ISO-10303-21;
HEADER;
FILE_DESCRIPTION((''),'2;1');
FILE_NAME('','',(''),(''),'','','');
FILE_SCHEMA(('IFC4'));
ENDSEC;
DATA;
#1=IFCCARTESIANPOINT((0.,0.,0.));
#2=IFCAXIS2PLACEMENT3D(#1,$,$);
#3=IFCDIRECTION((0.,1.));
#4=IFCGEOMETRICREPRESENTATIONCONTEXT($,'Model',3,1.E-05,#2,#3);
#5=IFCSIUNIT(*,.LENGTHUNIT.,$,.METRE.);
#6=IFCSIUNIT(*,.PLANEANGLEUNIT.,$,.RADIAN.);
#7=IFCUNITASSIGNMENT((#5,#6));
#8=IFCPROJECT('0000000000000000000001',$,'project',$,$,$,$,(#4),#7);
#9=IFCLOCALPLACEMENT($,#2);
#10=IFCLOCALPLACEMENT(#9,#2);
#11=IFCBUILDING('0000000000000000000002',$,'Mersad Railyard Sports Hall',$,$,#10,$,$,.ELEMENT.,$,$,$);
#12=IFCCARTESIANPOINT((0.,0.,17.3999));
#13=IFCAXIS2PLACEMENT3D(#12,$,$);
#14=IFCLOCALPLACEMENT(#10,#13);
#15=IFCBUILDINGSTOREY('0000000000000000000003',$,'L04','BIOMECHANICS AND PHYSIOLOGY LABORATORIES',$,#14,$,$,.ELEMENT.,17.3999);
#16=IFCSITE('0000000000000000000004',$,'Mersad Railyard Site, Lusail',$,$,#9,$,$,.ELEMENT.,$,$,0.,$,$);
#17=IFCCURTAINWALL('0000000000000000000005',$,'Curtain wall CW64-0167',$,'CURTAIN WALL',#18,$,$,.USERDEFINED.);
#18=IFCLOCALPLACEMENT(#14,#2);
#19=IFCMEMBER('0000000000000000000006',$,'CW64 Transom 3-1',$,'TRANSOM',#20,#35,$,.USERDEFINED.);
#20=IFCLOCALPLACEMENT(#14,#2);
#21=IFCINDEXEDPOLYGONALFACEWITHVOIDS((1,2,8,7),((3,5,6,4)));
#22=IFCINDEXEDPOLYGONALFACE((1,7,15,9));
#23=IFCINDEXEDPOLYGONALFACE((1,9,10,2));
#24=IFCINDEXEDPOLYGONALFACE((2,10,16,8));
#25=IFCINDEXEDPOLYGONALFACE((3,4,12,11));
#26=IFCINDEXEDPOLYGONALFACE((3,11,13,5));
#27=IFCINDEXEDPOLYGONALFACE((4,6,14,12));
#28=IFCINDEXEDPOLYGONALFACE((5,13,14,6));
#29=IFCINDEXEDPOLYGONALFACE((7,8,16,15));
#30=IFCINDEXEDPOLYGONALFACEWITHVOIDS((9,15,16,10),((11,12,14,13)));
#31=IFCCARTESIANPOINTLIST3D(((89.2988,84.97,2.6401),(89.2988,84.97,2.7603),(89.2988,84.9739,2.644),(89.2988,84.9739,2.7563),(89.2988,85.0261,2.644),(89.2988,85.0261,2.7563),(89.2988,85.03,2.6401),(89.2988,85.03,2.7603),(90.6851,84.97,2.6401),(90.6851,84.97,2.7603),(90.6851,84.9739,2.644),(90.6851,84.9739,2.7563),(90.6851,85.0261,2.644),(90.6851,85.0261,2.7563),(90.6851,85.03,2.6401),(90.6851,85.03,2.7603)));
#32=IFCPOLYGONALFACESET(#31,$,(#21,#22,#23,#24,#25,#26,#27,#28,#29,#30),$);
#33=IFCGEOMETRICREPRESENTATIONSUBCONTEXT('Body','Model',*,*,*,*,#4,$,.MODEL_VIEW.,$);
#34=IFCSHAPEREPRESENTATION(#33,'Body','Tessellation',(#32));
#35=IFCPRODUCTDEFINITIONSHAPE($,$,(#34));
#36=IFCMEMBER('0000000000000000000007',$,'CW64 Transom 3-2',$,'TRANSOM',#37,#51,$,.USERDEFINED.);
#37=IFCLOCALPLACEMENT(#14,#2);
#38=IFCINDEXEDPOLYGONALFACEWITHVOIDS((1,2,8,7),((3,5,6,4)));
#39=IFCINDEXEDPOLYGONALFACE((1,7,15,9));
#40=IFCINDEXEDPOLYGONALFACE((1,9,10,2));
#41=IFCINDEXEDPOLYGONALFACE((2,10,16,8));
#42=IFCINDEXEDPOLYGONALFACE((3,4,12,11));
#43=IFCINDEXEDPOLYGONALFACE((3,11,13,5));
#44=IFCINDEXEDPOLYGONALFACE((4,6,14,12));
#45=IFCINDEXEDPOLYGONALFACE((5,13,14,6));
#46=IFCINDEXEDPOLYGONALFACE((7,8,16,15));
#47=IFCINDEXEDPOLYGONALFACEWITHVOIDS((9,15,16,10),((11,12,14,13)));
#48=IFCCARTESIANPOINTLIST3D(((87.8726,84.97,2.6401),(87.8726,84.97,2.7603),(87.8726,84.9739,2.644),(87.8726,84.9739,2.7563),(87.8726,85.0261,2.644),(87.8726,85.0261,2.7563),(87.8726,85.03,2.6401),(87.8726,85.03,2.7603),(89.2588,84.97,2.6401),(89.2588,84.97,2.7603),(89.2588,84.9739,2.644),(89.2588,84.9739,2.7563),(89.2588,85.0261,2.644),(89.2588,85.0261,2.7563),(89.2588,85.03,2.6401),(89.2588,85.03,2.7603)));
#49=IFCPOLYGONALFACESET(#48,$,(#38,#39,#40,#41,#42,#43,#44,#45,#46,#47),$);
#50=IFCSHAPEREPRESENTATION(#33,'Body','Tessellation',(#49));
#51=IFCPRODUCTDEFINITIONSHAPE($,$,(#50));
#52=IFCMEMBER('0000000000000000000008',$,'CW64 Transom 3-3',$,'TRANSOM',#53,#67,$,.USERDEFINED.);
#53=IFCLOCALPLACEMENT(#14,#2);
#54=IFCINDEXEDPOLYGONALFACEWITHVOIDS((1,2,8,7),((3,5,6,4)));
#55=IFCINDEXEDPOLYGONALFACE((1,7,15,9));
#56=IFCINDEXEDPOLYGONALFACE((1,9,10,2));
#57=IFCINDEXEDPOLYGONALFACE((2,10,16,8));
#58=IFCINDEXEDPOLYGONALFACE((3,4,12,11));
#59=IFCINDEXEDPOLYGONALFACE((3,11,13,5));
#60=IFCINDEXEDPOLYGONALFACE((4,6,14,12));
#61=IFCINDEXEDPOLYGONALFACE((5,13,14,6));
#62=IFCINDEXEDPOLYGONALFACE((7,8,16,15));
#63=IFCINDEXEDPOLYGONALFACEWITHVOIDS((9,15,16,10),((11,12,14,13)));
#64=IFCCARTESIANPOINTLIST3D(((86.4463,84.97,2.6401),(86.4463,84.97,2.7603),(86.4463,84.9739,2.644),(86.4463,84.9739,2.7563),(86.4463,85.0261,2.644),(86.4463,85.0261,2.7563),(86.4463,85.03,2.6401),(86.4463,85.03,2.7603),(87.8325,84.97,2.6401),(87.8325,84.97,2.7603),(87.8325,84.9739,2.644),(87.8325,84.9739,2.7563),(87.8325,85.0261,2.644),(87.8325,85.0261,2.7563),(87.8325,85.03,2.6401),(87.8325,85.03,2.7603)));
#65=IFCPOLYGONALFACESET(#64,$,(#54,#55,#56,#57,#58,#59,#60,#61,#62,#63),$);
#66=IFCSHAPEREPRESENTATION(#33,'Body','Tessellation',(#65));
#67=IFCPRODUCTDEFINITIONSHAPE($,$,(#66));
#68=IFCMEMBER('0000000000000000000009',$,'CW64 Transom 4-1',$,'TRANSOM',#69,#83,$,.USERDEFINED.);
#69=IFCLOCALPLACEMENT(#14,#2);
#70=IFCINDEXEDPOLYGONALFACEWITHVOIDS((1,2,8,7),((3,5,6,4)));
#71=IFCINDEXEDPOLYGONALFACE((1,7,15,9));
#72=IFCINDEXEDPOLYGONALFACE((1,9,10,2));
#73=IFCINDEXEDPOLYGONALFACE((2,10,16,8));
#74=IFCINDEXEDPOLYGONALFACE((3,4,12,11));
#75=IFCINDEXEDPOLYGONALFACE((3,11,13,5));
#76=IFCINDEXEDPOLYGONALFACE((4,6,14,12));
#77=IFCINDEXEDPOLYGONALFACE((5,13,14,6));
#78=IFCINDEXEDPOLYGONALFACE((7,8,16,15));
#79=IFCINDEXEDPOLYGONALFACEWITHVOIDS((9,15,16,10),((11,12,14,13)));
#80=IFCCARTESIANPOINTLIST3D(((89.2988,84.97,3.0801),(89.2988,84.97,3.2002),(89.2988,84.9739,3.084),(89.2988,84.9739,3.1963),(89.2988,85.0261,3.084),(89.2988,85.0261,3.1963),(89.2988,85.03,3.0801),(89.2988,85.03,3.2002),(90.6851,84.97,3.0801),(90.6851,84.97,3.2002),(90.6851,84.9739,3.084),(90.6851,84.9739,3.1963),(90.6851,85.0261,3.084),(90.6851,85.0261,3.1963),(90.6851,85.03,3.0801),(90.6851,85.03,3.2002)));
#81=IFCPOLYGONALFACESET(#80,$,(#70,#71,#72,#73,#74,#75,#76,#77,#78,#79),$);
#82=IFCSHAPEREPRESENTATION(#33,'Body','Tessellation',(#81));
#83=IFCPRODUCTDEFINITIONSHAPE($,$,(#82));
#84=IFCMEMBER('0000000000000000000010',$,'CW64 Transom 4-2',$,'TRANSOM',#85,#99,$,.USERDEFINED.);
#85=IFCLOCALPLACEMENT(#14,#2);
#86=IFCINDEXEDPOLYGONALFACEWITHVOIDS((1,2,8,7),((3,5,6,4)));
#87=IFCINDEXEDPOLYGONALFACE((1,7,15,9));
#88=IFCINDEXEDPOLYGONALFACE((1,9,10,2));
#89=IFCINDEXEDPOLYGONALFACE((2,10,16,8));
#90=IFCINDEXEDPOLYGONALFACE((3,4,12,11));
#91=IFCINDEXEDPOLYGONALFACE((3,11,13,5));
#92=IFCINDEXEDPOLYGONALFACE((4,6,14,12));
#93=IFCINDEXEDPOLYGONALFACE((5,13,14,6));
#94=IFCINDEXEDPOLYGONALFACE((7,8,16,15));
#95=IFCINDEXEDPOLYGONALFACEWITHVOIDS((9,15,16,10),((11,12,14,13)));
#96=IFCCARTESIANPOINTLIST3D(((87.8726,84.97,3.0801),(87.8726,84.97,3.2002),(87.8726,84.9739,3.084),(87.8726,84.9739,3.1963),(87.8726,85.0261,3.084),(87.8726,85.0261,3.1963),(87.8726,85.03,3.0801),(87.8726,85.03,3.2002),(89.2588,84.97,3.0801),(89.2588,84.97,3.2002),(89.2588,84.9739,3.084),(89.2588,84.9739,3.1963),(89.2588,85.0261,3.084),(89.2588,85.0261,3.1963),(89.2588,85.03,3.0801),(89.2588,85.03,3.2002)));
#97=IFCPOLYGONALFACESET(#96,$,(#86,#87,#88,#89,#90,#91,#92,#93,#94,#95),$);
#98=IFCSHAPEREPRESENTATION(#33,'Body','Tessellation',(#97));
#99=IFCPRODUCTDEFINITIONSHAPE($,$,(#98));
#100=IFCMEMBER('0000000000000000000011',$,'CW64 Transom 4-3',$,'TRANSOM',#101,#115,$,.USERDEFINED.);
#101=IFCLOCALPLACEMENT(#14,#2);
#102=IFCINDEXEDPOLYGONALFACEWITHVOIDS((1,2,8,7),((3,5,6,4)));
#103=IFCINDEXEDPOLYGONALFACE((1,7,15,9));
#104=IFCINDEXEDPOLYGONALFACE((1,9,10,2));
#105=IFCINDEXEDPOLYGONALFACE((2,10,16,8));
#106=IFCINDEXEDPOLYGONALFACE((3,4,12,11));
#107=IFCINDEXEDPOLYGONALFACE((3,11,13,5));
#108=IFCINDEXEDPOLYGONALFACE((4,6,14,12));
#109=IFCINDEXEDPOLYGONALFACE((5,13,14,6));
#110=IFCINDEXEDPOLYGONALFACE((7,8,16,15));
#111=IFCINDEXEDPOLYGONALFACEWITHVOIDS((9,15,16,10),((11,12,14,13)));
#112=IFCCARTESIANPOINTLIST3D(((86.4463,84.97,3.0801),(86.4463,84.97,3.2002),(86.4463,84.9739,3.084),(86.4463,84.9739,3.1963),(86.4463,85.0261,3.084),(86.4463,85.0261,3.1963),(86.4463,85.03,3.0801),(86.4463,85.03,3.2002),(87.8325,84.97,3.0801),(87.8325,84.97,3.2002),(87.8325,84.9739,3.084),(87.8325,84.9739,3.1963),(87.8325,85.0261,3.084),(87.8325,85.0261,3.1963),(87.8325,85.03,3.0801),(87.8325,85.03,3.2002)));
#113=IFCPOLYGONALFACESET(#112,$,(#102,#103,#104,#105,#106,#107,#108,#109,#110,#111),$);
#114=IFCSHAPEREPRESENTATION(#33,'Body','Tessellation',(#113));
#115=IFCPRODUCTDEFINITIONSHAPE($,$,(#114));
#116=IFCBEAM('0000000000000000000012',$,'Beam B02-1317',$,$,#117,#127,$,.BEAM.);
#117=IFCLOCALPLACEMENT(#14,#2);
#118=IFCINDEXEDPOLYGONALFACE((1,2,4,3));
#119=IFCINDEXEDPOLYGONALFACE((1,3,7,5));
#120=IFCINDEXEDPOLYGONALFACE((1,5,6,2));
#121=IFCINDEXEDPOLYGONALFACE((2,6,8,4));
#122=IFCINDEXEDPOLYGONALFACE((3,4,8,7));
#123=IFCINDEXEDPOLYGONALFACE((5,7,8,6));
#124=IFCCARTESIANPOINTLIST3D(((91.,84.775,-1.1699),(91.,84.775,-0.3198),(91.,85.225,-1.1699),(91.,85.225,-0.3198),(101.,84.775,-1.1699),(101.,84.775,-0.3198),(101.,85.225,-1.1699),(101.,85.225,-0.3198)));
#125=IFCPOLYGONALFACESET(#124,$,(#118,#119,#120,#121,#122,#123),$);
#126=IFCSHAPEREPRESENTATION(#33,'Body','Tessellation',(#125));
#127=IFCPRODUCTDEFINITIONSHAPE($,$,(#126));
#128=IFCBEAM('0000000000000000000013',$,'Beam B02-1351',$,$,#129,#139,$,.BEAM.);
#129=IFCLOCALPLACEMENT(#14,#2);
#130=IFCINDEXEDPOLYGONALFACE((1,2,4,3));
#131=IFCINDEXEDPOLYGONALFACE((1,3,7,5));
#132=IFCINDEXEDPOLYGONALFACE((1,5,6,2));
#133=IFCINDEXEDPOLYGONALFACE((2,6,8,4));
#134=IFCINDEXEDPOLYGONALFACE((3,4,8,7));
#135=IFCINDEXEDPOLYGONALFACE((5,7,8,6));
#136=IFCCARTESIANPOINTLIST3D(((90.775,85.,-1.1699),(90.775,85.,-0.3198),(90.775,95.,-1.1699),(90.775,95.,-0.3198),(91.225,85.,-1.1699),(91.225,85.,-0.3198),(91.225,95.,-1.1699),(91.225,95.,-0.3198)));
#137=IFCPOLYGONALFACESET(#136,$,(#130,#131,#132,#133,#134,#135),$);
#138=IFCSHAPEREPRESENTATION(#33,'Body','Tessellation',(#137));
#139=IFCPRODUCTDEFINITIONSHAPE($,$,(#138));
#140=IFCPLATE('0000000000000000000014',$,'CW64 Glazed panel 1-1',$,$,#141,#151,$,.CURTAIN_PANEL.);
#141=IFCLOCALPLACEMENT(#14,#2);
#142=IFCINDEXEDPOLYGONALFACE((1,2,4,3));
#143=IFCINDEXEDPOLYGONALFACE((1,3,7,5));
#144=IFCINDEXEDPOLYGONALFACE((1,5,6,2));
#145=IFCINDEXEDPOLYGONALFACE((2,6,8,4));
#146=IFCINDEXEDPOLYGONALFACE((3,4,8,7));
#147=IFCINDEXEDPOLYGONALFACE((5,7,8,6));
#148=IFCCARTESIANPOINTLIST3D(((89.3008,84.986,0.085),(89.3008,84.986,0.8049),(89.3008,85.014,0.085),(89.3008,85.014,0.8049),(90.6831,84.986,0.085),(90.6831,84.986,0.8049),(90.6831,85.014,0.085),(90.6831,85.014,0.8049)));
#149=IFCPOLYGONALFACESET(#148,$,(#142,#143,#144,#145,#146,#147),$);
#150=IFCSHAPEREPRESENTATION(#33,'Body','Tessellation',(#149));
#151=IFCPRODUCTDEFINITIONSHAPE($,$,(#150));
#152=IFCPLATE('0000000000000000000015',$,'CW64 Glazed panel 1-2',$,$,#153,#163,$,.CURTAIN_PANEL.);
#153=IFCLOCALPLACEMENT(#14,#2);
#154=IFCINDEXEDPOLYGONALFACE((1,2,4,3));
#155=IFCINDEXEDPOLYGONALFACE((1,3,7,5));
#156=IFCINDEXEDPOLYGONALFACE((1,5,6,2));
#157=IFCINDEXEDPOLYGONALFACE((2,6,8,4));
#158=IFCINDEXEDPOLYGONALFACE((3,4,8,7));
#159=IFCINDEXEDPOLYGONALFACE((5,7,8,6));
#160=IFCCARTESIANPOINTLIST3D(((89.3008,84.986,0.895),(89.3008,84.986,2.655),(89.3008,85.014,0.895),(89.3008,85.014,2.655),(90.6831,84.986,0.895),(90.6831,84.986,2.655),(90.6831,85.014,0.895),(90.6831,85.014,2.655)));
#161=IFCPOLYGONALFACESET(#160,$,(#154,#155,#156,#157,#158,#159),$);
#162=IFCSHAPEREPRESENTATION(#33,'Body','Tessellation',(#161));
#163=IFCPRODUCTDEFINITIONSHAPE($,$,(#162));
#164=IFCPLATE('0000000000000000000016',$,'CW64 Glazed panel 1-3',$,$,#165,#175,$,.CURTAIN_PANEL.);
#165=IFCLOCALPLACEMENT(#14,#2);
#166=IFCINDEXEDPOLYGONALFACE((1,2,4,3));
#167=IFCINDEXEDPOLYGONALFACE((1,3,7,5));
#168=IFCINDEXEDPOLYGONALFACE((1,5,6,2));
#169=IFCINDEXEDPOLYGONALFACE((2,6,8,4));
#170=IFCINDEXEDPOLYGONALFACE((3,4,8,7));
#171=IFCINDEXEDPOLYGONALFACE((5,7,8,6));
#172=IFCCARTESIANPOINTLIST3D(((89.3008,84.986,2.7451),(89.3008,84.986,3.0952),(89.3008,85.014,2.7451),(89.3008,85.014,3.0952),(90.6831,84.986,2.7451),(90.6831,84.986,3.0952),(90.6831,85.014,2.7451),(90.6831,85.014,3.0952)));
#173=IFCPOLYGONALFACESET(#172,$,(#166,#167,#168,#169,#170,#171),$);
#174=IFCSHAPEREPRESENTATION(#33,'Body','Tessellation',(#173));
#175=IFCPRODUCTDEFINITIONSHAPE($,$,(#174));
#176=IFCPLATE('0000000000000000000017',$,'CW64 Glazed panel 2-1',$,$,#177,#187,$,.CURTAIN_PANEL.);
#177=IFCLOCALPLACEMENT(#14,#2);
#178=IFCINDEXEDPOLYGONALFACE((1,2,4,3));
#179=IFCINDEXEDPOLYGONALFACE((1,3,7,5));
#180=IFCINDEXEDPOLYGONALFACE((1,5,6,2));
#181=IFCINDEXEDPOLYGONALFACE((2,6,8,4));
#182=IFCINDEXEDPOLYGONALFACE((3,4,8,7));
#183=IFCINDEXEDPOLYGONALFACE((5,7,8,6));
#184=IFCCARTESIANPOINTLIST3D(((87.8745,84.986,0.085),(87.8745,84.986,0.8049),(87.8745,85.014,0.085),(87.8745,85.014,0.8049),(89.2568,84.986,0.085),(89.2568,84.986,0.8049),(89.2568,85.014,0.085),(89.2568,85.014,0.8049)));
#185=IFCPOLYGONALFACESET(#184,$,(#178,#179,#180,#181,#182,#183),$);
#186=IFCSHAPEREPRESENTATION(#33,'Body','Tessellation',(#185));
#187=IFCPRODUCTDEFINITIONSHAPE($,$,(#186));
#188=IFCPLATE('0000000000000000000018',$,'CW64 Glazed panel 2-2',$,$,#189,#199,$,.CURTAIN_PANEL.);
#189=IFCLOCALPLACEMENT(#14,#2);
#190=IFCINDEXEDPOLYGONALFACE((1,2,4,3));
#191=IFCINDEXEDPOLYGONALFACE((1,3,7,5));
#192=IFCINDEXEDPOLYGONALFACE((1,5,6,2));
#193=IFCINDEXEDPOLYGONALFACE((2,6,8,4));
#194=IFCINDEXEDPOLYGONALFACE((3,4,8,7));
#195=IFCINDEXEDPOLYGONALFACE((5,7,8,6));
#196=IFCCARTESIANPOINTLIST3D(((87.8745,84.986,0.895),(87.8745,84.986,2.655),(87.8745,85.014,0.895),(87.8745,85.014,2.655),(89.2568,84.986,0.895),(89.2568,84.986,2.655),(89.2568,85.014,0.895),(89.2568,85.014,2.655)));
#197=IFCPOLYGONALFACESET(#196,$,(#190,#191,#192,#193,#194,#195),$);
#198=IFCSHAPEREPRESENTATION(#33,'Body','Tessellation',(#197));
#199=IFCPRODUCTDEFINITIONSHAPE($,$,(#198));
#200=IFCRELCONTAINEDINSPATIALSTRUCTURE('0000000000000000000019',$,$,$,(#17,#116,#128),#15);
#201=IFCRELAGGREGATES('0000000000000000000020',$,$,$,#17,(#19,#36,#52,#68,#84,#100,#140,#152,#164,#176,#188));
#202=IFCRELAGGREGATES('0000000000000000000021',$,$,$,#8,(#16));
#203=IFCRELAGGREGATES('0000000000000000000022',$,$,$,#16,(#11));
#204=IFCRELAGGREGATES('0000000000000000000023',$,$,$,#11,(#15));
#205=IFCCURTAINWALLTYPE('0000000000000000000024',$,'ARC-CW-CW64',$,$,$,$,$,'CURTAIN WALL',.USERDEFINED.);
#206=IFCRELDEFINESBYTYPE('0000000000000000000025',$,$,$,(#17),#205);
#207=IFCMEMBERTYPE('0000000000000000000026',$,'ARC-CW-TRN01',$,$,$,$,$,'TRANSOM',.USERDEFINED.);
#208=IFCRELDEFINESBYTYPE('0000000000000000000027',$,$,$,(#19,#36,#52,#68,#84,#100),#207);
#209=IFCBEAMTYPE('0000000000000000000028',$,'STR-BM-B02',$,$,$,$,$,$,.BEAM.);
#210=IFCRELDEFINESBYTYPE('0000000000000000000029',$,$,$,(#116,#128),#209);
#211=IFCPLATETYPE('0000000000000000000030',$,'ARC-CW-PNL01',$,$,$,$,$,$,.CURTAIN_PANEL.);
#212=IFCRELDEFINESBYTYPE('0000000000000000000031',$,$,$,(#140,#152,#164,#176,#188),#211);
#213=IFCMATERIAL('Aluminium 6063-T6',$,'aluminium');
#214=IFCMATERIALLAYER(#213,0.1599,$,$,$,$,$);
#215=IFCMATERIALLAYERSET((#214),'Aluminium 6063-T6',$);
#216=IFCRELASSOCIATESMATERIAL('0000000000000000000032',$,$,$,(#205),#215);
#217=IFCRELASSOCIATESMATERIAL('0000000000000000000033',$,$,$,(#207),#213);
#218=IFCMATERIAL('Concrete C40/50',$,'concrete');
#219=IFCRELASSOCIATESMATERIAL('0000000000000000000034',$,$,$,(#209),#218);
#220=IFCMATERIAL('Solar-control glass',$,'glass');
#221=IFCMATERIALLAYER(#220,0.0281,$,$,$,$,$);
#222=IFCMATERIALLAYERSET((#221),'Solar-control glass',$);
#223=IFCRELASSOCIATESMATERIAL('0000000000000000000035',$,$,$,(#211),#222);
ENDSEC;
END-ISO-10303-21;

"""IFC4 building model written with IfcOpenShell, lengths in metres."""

from ifc_helpers import new_model, si_unit, direction, frame, origin, origin_2d, place, context, subcontext, project, spatial, rectangle, hollow_rectangle, extrude, material, layer, layer_set, material_profile, profile_set, type_object, element, aggregate, save


model = new_model("IFC4")

# Units and contexts
model_context = context("Model", 3, precision=1e-05, world=origin(), true_north=direction((0.0, 1.0)))
body_context = subcontext(model_context, "Body", "Model", "MODEL_VIEW")
ifc_project = project(units=[si_unit("LENGTHUNIT", "METRE"), si_unit("PLANEANGLEUNIT", "RADIAN")], contexts=[model_context])

# Site, building, storey
site_placement = place(None, origin())
site = spatial("IfcSite", under=ifc_project, at=site_placement, Name="Mersad Railyard Site, Lusail", CompositionType="ELEMENT", RefElevation=0.0)
building_placement = place(site_placement, origin())
building = spatial("IfcBuilding", under=site, at=building_placement, Name="Mersad Railyard Sports Hall", CompositionType="ELEMENT")
storey_placement = place(building_placement, frame((0.0, 0.0, 17.3999)))
storey = spatial("IfcBuildingStorey", under=building, at=storey_placement, Name="L04", Description="BIOMECHANICS AND PHYSIOLOGY LABORATORIES", CompositionType="ELEMENT", Elevation=17.3999)

# Shared definitions
ifc_material_1 = material(Name="Concrete C40/50", Category="concrete")

# Curtain wall
ifc_material_2 = material(Name="Aluminium 6063-T6", Category="aluminium")
ifc_layer_1 = layer(ifc_material_2, 0.1599)
ifc_layer_set_1 = layer_set([ifc_layer_1], Name="Aluminium 6063-T6")
curtain_wall_type_1 = type_object("IfcCurtainWallType", Name="ARC-CW-CW64", ElementType="CURTAIN WALL", PredefinedType="USERDEFINED", material=ifc_layer_set_1)
curtain_wall_1_placement = place(storey_placement, origin())
curtain_wall_1 = element("IfcCurtainWall", 1, at=curtain_wall_1_placement, inside=storey, type_object=curtain_wall_type_1, Name="Curtain wall CW64-0167", ObjectType="CURTAIN WALL", PredefinedType="USERDEFINED")

# Members
ifc_material_profile_1 = material_profile(ifc_material_2, hollow_rectangle(XDim=0.0601, YDim=0.1201, WallThickness=0.0039, at=origin_2d()), Name="AL TRANSOM 60x120x4")
ifc_profile_set_1 = profile_set([ifc_material_profile_1], Name="Aluminium 6063-T6")
member_type_1 = type_object("IfcMemberType", Name="ARC-CW-TRN01", ElementType="TRANSOM", PredefinedType="USERDEFINED", material=ifc_profile_set_1)
member_1_placement = place(storey_placement, frame((90.6851, 85.0, 2.7002), z_axis=(-1.0, 0.0, 0.0), x_axis=(0.0, -1.0, 0.0)))
member_1 = element("IfcMember", 2, at=member_1_placement, type_object=member_type_1, Name="CW64 Transom 3-1", ObjectType="TRANSOM", PredefinedType="USERDEFINED", context=body_context, shape_type="SweptSolid", body=[
    extrude(hollow_rectangle(XDim=0.0601, YDim=0.1201, WallThickness=0.0039, at=origin_2d()), origin(), (0.0, 0.0, 1.0), 1.3862),
])
member_2_placement = place(storey_placement, frame((89.2588, 85.0, 2.7002), z_axis=(-1.0, 0.0, 0.0), x_axis=(0.0, -1.0, 0.0)))
member_2 = element("IfcMember", 3, at=member_2_placement, type_object=member_type_1, Name="CW64 Transom 3-2", ObjectType="TRANSOM", PredefinedType="USERDEFINED", context=body_context, shape_type="SweptSolid", body=[
    extrude(hollow_rectangle(XDim=0.0601, YDim=0.1201, WallThickness=0.0039, at=origin_2d()), origin(), (0.0, 0.0, 1.0), 1.3862),
])
member_3_placement = place(storey_placement, frame((87.8325, 85.0, 2.7002), z_axis=(-1.0, 0.0, 0.0), x_axis=(0.0, -1.0, 0.0)))
member_3 = element("IfcMember", 4, at=member_3_placement, type_object=member_type_1, Name="CW64 Transom 3-3", ObjectType="TRANSOM", PredefinedType="USERDEFINED", context=body_context, shape_type="SweptSolid", body=[
    extrude(hollow_rectangle(XDim=0.0601, YDim=0.1201, WallThickness=0.0039, at=origin_2d()), origin(), (0.0, 0.0, 1.0), 1.3862),
])
member_4_placement = place(storey_placement, frame((90.6851, 85.0, 3.1401), z_axis=(-1.0, 0.0, 0.0), x_axis=(0.0, -1.0, 0.0)))
member_4 = element("IfcMember", 5, at=member_4_placement, type_object=member_type_1, Name="CW64 Transom 4-1", ObjectType="TRANSOM", PredefinedType="USERDEFINED", context=body_context, shape_type="SweptSolid", body=[
    extrude(hollow_rectangle(XDim=0.0601, YDim=0.1201, WallThickness=0.0039, at=origin_2d()), origin(), (0.0, 0.0, 1.0), 1.3862),
])
member_5_placement = place(storey_placement, frame((89.2588, 85.0, 3.1401), z_axis=(-1.0, 0.0, 0.0), x_axis=(0.0, -1.0, 0.0)))
member_5 = element("IfcMember", 6, at=member_5_placement, type_object=member_type_1, Name="CW64 Transom 4-2", ObjectType="TRANSOM", PredefinedType="USERDEFINED", context=body_context, shape_type="SweptSolid", body=[
    extrude(hollow_rectangle(XDim=0.0601, YDim=0.1201, WallThickness=0.0039, at=origin_2d()), origin(), (0.0, 0.0, 1.0), 1.3862),
])
member_6_placement = place(storey_placement, frame((87.8325, 85.0, 3.1401), z_axis=(-1.0, 0.0, 0.0), x_axis=(0.0, -1.0, 0.0)))
member_6 = element("IfcMember", 7, at=member_6_placement, type_object=member_type_1, Name="CW64 Transom 4-3", ObjectType="TRANSOM", PredefinedType="USERDEFINED", context=body_context, shape_type="SweptSolid", body=[
    extrude(hollow_rectangle(XDim=0.0601, YDim=0.1201, WallThickness=0.0039, at=origin_2d()), origin(), (0.0, 0.0, 1.0), 1.3862),
])

# Beams
ifc_material_profile_2 = material_profile(ifc_material_1, rectangle(XDim=0.45, YDim=0.8501, at=origin_2d()), Name="RC 450x850")
ifc_profile_set_2 = profile_set([ifc_material_profile_2], Name="Concrete C40/50")
beam_type = type_object("IfcBeamType", Name="STR-BM-B02", PredefinedType="BEAM", material=ifc_profile_set_2)
for number, where, z_axis, x_axis, name in (
    (8, (91.0, 85.0, -0.7449), (1.0, 0.0, 0.0), (0.0, 1.0, 0.0), "Beam B02-1317"),
    (9, (91.0, 85.0, -0.7449), (0.0, 1.0, 0.0), (-1.0, 0.0, 0.0), "Beam B02-1351"),
):
    element("IfcBeam", number, at=place(storey_placement, frame(where, z_axis=z_axis, x_axis=x_axis)), inside=storey, type_object=beam_type, Name=name, PredefinedType="BEAM", context=body_context, shape_type="SweptSolid", body=[
        extrude(rectangle(XDim=0.45, YDim=0.8501, at=origin_2d()), origin(), (0.0, 0.0, 1.0), 10.0),
    ])

# Plates
ifc_material_3 = material(Name="Solar-control glass", Category="glass")
ifc_layer_2 = layer(ifc_material_3, 0.0281)
ifc_layer_set_2 = layer_set([ifc_layer_2], Name="Solar-control glass")
plate_type = type_object("IfcPlateType", Name="ARC-CW-PNL01", PredefinedType="CURTAIN_PANEL", material=ifc_layer_set_2)
plate_1_placement = place(storey_placement, frame((89.9919, 85.0, 0.085), z_axis=(0.0, 0.0, 1.0), x_axis=(-1.0, 0.0, 0.0)))
plate_1 = element("IfcPlate", 10, at=plate_1_placement, type_object=plate_type, Name="CW64 Glazed panel 1-1", PredefinedType="CURTAIN_PANEL", context=body_context, shape_type="SweptSolid", body=[
    extrude(rectangle(XDim=1.3823, YDim=0.0281, at=origin_2d()), origin(), (0.0, 0.0, 1.0), 0.72),
])
plate_2_placement = place(storey_placement, frame((89.9919, 85.0, 0.895), z_axis=(0.0, 0.0, 1.0), x_axis=(-1.0, 0.0, 0.0)))
plate_2 = element("IfcPlate", 11, at=plate_2_placement, type_object=plate_type, Name="CW64 Glazed panel 1-2", PredefinedType="CURTAIN_PANEL", context=body_context, shape_type="SweptSolid", body=[
    extrude(rectangle(XDim=1.3823, YDim=0.0281, at=origin_2d()), origin(), (0.0, 0.0, 1.0), 1.76),
])
plate_3_placement = place(storey_placement, frame((89.9919, 85.0, 2.7451), z_axis=(0.0, 0.0, 1.0), x_axis=(-1.0, 0.0, 0.0)))
plate_3 = element("IfcPlate", 12, at=plate_3_placement, type_object=plate_type, Name="CW64 Glazed panel 1-3", PredefinedType="CURTAIN_PANEL", context=body_context, shape_type="SweptSolid", body=[
    extrude(rectangle(XDim=1.3823, YDim=0.0281, at=origin_2d()), origin(), (0.0, 0.0, 1.0), 0.3501),
])
plate_4_placement = place(storey_placement, frame((88.5657, 85.0, 0.085), z_axis=(0.0, 0.0, 1.0), x_axis=(-1.0, 0.0, 0.0)))
plate_4 = element("IfcPlate", 13, at=plate_4_placement, type_object=plate_type, Name="CW64 Glazed panel 2-1", PredefinedType="CURTAIN_PANEL", context=body_context, shape_type="SweptSolid", body=[
    extrude(rectangle(XDim=1.3823, YDim=0.0281, at=origin_2d()), origin(), (0.0, 0.0, 1.0), 0.72),
])
plate_5_placement = place(storey_placement, frame((88.5657, 85.0, 0.895), z_axis=(0.0, 0.0, 1.0), x_axis=(-1.0, 0.0, 0.0)))
plate_5 = element("IfcPlate", 14, at=plate_5_placement, type_object=plate_type, Name="CW64 Glazed panel 2-2", PredefinedType="CURTAIN_PANEL", context=body_context, shape_type="SweptSolid", body=[
    extrude(rectangle(XDim=1.3823, YDim=0.0281, at=origin_2d()), origin(), (0.0, 0.0, 1.0), 1.76),
])
aggregate(curtain_wall_1, [member_1, member_2, member_3, member_4, member_5, member_6, plate_1, plate_2, plate_3, plate_4, plate_5])

save(model, "model.ifc")
